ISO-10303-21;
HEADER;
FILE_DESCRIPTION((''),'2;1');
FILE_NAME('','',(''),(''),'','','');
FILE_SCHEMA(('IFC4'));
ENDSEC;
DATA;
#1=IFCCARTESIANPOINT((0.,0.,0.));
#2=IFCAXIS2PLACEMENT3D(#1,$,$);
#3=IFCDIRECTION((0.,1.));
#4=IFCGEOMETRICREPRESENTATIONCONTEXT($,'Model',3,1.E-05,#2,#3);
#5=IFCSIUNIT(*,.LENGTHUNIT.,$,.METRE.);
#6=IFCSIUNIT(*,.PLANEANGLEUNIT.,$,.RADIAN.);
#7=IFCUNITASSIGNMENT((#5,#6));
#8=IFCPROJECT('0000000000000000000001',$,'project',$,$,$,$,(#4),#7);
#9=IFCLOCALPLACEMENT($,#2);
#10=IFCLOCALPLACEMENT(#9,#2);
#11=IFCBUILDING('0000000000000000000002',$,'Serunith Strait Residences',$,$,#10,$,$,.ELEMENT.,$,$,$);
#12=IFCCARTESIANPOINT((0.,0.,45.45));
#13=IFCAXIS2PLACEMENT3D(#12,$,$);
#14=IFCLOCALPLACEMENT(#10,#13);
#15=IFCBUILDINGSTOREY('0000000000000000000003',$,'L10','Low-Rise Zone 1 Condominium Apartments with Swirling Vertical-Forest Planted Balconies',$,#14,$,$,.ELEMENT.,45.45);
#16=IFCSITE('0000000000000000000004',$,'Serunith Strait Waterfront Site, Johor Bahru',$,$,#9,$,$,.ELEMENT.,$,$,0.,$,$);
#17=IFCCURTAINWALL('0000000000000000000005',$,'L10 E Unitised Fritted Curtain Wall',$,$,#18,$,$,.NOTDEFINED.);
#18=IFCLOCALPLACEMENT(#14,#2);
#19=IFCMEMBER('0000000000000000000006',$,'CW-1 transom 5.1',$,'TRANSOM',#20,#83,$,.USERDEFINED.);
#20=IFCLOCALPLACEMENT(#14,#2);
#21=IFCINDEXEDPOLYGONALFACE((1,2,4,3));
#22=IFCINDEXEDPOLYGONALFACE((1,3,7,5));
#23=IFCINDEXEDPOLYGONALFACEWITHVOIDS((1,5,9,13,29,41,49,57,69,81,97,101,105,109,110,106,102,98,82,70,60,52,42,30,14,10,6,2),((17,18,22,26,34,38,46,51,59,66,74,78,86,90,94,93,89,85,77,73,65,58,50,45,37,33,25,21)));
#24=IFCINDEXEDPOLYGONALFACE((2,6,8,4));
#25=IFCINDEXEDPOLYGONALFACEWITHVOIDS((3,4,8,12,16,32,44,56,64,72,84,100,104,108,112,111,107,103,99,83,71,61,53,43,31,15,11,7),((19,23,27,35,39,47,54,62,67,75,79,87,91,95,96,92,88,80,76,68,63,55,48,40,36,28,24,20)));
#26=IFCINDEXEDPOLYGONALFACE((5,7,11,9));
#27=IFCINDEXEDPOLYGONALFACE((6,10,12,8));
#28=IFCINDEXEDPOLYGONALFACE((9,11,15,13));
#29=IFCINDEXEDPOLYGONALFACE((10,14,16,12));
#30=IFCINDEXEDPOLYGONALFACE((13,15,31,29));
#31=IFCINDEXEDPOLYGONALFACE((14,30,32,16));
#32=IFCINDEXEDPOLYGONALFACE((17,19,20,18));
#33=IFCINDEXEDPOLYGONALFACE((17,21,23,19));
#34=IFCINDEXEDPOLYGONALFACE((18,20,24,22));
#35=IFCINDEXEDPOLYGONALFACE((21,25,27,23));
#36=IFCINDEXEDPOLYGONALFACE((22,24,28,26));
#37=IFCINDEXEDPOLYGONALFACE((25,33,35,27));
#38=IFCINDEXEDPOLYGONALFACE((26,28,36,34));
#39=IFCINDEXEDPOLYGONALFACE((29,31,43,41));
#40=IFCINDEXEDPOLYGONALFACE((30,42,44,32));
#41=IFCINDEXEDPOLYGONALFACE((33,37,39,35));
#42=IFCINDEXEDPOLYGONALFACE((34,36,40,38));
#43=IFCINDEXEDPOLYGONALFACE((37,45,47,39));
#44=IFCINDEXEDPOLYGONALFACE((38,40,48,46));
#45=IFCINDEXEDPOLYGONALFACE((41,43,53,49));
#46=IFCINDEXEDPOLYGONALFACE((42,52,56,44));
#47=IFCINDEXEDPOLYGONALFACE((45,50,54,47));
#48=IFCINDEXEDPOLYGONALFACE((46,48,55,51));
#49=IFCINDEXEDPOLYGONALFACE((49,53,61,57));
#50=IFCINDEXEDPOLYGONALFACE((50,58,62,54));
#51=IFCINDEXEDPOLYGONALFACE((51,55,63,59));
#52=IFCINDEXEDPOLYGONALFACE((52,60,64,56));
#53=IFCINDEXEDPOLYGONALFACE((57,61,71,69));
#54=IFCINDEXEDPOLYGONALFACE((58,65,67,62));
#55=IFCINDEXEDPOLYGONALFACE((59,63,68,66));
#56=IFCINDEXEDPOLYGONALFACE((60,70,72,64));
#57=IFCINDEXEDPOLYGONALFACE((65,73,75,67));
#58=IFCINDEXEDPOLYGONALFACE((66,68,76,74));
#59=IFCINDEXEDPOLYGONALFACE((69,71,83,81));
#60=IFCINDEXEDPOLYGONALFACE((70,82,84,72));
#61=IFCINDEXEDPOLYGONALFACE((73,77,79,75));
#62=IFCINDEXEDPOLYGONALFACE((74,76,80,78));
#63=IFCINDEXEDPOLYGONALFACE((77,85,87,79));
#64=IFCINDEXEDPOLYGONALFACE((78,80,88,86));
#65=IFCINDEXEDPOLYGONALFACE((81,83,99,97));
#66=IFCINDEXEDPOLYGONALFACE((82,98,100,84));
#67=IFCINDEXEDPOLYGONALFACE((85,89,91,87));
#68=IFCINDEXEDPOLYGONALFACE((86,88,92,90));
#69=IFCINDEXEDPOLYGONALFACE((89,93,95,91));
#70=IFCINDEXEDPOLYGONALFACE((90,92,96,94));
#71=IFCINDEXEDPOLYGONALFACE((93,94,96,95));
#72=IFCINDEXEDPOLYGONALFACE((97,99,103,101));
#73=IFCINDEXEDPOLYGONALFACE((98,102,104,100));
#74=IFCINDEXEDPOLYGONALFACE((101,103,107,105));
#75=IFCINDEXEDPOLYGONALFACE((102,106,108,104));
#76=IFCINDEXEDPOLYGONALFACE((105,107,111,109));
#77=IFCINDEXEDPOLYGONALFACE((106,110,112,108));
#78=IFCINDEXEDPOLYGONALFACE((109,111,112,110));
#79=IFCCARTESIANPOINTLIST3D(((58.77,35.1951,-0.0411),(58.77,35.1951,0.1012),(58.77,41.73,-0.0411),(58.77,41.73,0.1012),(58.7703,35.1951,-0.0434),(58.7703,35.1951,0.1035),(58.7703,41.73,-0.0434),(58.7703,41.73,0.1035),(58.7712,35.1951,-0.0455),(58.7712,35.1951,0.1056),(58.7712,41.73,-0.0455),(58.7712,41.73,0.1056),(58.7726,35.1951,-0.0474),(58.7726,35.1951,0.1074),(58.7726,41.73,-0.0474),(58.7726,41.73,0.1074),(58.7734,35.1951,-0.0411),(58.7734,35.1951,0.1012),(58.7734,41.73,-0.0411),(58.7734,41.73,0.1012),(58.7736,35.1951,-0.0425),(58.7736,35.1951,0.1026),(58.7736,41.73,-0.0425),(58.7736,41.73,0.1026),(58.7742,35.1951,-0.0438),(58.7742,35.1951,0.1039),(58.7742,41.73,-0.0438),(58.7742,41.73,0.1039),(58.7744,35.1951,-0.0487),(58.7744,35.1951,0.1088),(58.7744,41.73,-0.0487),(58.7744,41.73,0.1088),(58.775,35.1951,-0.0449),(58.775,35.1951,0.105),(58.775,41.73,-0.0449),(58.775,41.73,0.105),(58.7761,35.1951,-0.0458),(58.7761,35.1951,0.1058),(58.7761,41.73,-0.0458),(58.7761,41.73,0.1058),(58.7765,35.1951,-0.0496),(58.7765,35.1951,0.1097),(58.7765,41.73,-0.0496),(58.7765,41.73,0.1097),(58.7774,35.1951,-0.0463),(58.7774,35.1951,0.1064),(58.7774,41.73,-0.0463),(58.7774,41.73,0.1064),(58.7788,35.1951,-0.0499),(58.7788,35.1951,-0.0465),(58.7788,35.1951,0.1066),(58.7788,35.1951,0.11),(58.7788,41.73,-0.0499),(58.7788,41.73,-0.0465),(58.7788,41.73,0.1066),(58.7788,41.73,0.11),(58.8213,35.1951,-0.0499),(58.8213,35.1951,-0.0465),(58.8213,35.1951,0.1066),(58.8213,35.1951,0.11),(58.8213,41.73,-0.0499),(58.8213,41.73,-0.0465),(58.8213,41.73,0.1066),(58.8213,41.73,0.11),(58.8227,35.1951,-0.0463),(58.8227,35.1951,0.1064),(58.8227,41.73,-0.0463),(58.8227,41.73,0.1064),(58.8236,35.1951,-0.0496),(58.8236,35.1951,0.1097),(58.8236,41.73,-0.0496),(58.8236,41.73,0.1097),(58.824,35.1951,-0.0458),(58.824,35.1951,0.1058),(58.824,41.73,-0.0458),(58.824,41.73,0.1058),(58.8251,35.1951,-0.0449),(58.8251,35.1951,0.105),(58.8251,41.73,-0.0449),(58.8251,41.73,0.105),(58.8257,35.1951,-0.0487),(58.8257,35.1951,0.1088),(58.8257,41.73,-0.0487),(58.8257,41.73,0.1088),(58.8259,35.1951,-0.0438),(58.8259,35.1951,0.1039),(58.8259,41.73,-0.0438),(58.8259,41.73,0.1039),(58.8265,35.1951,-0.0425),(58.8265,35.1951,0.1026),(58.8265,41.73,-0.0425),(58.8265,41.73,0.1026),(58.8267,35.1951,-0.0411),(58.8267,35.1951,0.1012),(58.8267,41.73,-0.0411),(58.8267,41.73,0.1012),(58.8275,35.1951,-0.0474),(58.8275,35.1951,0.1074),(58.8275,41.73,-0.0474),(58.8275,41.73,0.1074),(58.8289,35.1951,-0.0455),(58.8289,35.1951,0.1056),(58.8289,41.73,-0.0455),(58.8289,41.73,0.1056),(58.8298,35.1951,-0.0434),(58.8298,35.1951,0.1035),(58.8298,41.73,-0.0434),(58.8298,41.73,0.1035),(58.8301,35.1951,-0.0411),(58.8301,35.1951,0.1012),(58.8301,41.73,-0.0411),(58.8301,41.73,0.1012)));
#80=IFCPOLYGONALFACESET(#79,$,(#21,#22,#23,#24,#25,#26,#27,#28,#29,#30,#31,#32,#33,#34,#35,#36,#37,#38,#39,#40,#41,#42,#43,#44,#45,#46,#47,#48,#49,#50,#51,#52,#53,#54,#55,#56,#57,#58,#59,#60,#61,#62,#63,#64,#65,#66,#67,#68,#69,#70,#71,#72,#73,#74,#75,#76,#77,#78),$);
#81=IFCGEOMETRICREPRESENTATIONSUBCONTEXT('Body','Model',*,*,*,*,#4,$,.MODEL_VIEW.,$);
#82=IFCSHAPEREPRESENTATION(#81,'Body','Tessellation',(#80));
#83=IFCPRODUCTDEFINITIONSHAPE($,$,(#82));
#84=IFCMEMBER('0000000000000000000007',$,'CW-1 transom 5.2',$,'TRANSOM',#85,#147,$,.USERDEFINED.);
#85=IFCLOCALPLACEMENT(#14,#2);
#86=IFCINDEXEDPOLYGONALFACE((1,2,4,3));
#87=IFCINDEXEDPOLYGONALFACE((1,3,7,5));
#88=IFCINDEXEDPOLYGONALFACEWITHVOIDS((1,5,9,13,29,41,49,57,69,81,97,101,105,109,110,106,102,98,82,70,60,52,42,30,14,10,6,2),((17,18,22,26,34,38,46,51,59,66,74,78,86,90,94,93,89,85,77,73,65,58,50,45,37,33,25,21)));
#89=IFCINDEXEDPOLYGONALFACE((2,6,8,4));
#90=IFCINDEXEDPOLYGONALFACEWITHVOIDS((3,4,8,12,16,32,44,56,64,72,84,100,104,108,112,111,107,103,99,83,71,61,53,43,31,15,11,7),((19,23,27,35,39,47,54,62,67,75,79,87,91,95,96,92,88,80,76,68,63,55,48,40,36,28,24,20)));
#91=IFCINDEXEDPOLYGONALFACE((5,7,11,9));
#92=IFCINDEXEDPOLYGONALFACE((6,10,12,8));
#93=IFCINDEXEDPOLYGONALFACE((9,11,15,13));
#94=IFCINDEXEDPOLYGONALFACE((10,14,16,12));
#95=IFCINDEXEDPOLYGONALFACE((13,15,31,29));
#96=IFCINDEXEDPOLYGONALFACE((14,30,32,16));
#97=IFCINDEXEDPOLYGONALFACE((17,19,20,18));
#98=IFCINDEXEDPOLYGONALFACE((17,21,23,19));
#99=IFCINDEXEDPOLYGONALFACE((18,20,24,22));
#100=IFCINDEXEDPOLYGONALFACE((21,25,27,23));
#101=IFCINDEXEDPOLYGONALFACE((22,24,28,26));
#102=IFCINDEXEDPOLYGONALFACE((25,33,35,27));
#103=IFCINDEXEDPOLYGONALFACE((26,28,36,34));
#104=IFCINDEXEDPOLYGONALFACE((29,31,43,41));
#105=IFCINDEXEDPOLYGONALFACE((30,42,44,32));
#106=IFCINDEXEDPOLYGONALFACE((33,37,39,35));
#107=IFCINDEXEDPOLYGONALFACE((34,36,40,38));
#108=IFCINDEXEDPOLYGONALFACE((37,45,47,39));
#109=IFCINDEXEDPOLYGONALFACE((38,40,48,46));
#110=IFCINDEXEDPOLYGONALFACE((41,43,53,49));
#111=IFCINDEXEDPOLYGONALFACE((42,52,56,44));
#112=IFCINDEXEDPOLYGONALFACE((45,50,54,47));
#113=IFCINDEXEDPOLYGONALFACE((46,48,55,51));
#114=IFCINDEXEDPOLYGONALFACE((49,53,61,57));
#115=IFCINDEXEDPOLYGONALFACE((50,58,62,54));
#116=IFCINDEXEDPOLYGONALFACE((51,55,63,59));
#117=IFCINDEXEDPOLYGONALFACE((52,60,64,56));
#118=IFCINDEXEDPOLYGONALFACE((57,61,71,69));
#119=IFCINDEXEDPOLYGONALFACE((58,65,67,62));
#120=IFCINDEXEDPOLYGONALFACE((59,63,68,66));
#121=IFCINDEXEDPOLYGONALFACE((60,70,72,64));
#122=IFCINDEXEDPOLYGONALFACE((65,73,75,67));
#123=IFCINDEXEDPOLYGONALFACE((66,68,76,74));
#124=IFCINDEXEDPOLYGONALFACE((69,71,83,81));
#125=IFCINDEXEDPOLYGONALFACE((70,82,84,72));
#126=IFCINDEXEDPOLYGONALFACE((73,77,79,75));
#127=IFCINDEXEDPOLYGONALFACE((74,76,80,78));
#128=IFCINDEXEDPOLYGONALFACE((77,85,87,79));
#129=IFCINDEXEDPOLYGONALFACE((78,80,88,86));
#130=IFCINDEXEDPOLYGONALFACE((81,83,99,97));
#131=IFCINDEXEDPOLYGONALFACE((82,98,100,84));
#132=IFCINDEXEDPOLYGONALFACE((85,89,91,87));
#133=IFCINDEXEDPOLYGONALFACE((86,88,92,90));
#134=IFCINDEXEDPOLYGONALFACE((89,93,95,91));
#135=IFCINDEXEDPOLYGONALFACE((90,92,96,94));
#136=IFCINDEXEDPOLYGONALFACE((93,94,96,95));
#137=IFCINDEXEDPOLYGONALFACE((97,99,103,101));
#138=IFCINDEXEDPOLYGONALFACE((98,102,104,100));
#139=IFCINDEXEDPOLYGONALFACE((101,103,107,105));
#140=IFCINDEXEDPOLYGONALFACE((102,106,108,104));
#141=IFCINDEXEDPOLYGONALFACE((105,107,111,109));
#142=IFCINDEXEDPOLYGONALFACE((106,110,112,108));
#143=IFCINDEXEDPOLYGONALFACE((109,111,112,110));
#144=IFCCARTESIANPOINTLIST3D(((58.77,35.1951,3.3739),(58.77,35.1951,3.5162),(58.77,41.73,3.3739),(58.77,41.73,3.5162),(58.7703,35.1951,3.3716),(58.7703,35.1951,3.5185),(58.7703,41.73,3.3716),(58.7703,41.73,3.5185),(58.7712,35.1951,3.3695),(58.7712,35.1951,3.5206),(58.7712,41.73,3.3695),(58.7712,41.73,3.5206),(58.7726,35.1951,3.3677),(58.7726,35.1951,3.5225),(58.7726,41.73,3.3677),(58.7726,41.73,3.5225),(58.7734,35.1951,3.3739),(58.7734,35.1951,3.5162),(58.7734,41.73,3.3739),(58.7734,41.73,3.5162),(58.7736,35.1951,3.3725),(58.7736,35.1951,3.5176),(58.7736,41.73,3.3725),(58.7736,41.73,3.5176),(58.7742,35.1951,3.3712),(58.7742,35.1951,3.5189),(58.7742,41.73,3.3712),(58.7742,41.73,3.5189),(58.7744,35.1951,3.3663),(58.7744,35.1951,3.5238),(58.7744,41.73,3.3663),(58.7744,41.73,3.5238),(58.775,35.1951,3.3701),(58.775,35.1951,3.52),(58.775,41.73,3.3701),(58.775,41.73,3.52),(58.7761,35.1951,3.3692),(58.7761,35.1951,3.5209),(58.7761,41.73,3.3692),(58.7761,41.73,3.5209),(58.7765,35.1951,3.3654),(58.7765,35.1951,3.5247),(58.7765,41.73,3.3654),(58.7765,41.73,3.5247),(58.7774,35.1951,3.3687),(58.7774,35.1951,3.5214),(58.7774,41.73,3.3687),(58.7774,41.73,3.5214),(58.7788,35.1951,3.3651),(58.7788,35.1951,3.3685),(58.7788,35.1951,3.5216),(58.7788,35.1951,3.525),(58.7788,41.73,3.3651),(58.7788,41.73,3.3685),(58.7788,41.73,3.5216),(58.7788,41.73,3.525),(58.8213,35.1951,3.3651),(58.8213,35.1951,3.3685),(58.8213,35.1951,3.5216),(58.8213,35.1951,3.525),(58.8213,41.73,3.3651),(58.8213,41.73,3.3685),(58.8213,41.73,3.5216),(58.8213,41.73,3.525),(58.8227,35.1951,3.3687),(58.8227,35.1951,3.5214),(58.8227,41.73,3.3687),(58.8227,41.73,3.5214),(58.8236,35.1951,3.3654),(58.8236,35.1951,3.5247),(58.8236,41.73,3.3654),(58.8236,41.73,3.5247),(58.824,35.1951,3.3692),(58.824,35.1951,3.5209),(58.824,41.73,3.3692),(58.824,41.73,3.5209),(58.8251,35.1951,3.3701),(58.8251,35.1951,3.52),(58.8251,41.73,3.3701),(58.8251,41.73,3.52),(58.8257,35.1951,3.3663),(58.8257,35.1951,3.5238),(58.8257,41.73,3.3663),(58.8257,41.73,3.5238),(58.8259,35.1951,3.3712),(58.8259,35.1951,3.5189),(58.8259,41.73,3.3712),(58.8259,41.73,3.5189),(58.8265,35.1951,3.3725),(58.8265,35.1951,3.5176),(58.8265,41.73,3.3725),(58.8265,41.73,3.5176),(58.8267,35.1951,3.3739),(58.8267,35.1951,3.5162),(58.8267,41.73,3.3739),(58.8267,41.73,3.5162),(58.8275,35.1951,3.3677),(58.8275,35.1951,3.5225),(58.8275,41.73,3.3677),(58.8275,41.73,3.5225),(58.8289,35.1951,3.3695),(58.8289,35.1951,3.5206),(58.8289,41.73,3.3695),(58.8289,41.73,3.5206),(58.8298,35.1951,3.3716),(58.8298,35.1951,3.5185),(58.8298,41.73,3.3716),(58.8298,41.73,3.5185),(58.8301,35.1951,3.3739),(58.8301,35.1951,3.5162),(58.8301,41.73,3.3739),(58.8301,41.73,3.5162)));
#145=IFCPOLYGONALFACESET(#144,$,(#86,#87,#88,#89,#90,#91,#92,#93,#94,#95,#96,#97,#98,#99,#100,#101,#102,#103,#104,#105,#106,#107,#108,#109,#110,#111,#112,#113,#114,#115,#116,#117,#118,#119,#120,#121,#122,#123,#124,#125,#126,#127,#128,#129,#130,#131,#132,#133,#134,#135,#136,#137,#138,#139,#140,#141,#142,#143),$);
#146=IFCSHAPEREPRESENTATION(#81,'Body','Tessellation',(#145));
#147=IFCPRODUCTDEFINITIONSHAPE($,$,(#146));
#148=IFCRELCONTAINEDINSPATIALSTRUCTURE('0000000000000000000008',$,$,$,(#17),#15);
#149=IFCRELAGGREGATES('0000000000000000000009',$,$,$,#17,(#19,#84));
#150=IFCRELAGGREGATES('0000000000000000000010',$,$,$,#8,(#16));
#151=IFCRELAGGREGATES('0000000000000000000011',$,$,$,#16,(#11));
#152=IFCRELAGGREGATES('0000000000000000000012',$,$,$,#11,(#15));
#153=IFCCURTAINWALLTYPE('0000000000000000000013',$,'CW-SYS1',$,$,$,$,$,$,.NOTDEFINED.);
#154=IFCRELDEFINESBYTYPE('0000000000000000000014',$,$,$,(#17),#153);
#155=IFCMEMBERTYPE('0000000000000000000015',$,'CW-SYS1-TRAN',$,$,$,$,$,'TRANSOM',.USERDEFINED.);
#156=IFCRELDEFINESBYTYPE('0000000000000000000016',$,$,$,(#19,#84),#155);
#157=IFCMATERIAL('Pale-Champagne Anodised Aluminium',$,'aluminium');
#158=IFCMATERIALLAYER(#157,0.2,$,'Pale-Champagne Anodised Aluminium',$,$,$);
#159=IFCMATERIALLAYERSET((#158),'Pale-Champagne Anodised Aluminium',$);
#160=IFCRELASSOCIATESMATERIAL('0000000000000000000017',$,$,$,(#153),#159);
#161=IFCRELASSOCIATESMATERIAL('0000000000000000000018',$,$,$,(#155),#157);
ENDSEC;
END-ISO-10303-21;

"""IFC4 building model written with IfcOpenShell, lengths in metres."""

from ifc_helpers import new_model, si_unit, direction, frame, origin, origin_2d, place, context, subcontext, project, spatial, hollow_rectangle, extrude, source, transform, mapped, material, layer, layer_set, material_profile, profile_set, type_object, element, aggregate, save


model = new_model("IFC4")

# Units and contexts
model_context = context("Model", 3, precision=1e-05, world=origin(), true_north=direction((0.0, 1.0)))
body_context = subcontext(model_context, "Body", "Model", "MODEL_VIEW")
ifc_project = project(units=[si_unit("LENGTHUNIT", "METRE"), si_unit("PLANEANGLEUNIT", "RADIAN")], contexts=[model_context])

# Site, building, storey
site_placement = place(None, origin())
site = spatial("IfcSite", under=ifc_project, at=site_placement, Name="Serunith Strait Waterfront Site, Johor Bahru", CompositionType="ELEMENT", RefElevation=0.0)
building_placement = place(site_placement, origin())
building = spatial("IfcBuilding", under=site, at=building_placement, Name="Serunith Strait Residences", CompositionType="ELEMENT")
storey_placement = place(building_placement, frame((0.0, 0.0, 45.45)))
storey = spatial("IfcBuildingStorey", under=building, at=storey_placement, Name="L10", Description="Low-Rise Zone 1 Condominium Apartments with Swirling Vertical-Forest Planted Balconies", CompositionType="ELEMENT", Elevation=45.45)

# Curtain wall, members
ifc_material_1 = material(Name="Pale-Champagne Anodised Aluminium", Category="aluminium")
ifc_layer_1 = layer(ifc_material_1, 0.2, Name="Pale-Champagne Anodised Aluminium")
ifc_layer_set_1 = layer_set([ifc_layer_1], Name="Pale-Champagne Anodised Aluminium")
curtain_wall_type = type_object("IfcCurtainWallType", Name="CW-SYS1", PredefinedType="NOTDEFINED", material=ifc_layer_set_1)
curtain_wall_placement = place(storey_placement, origin())
curtain_wall = element("IfcCurtainWall", 1, at=curtain_wall_placement, inside=storey, type_object=curtain_wall_type, Name="L10 E Unitised Fritted Curtain Wall", PredefinedType="NOTDEFINED")
ifc_material_profile_1 = material_profile(ifc_material_1, hollow_rectangle(XDim=0.0601, YDim=0.1599, WallThickness=0.0034, InnerFilletRadius=0.0054, OuterFilletRadius=0.0088, at=origin_2d()), Name="ALU 160x60x3.5")
ifc_profile_set_1 = profile_set([ifc_material_profile_1], Name="Pale-Champagne Anodised Aluminium")
member_type_1 = type_object("IfcMemberType", Name="CW-SYS1-TRAN", ElementType="TRANSOM", PredefinedType="USERDEFINED", material=ifc_profile_set_1)
shared_shape_1 = source(origin(), body_context, "Body", "SweptSolid", [
    extrude(hollow_rectangle(XDim=0.0601, YDim=0.1599, WallThickness=0.0034, InnerFilletRadius=0.0054, OuterFilletRadius=0.0088, at=origin_2d()), origin(), (0.0, 0.0, 1.0), 6.5349),
])
member_1_placement = place(storey_placement, frame((58.8, 35.1951, 0.03), z_axis=(0.0, 1.0, 0.0), x_axis=(-1.0, 0.0, 0.0)))
member_1 = element("IfcMember", 2, at=member_1_placement, type_object=member_type_1, Name="CW-1 transom 5.1", ObjectType="TRANSOM", PredefinedType="USERDEFINED", context=body_context, shape_type="MappedRepresentation", body=[
    mapped(shared_shape_1, transform((0.0, 0.0, 0.0), scale=1.0)),
])
member_2_placement = place(storey_placement, frame((58.8, 35.1951, 3.4451), z_axis=(0.0, 1.0, 0.0), x_axis=(-1.0, 0.0, 0.0)))
member_2 = element("IfcMember", 3, at=member_2_placement, type_object=member_type_1, Name="CW-1 transom 5.2", ObjectType="TRANSOM", PredefinedType="USERDEFINED", context=body_context, shape_type="MappedRepresentation", body=[
    mapped(shared_shape_1, transform((0.0, 0.0, 0.0), scale=1.0)),
])
aggregate(curtain_wall, [member_1, member_2])

save(model, "model.ifc")
